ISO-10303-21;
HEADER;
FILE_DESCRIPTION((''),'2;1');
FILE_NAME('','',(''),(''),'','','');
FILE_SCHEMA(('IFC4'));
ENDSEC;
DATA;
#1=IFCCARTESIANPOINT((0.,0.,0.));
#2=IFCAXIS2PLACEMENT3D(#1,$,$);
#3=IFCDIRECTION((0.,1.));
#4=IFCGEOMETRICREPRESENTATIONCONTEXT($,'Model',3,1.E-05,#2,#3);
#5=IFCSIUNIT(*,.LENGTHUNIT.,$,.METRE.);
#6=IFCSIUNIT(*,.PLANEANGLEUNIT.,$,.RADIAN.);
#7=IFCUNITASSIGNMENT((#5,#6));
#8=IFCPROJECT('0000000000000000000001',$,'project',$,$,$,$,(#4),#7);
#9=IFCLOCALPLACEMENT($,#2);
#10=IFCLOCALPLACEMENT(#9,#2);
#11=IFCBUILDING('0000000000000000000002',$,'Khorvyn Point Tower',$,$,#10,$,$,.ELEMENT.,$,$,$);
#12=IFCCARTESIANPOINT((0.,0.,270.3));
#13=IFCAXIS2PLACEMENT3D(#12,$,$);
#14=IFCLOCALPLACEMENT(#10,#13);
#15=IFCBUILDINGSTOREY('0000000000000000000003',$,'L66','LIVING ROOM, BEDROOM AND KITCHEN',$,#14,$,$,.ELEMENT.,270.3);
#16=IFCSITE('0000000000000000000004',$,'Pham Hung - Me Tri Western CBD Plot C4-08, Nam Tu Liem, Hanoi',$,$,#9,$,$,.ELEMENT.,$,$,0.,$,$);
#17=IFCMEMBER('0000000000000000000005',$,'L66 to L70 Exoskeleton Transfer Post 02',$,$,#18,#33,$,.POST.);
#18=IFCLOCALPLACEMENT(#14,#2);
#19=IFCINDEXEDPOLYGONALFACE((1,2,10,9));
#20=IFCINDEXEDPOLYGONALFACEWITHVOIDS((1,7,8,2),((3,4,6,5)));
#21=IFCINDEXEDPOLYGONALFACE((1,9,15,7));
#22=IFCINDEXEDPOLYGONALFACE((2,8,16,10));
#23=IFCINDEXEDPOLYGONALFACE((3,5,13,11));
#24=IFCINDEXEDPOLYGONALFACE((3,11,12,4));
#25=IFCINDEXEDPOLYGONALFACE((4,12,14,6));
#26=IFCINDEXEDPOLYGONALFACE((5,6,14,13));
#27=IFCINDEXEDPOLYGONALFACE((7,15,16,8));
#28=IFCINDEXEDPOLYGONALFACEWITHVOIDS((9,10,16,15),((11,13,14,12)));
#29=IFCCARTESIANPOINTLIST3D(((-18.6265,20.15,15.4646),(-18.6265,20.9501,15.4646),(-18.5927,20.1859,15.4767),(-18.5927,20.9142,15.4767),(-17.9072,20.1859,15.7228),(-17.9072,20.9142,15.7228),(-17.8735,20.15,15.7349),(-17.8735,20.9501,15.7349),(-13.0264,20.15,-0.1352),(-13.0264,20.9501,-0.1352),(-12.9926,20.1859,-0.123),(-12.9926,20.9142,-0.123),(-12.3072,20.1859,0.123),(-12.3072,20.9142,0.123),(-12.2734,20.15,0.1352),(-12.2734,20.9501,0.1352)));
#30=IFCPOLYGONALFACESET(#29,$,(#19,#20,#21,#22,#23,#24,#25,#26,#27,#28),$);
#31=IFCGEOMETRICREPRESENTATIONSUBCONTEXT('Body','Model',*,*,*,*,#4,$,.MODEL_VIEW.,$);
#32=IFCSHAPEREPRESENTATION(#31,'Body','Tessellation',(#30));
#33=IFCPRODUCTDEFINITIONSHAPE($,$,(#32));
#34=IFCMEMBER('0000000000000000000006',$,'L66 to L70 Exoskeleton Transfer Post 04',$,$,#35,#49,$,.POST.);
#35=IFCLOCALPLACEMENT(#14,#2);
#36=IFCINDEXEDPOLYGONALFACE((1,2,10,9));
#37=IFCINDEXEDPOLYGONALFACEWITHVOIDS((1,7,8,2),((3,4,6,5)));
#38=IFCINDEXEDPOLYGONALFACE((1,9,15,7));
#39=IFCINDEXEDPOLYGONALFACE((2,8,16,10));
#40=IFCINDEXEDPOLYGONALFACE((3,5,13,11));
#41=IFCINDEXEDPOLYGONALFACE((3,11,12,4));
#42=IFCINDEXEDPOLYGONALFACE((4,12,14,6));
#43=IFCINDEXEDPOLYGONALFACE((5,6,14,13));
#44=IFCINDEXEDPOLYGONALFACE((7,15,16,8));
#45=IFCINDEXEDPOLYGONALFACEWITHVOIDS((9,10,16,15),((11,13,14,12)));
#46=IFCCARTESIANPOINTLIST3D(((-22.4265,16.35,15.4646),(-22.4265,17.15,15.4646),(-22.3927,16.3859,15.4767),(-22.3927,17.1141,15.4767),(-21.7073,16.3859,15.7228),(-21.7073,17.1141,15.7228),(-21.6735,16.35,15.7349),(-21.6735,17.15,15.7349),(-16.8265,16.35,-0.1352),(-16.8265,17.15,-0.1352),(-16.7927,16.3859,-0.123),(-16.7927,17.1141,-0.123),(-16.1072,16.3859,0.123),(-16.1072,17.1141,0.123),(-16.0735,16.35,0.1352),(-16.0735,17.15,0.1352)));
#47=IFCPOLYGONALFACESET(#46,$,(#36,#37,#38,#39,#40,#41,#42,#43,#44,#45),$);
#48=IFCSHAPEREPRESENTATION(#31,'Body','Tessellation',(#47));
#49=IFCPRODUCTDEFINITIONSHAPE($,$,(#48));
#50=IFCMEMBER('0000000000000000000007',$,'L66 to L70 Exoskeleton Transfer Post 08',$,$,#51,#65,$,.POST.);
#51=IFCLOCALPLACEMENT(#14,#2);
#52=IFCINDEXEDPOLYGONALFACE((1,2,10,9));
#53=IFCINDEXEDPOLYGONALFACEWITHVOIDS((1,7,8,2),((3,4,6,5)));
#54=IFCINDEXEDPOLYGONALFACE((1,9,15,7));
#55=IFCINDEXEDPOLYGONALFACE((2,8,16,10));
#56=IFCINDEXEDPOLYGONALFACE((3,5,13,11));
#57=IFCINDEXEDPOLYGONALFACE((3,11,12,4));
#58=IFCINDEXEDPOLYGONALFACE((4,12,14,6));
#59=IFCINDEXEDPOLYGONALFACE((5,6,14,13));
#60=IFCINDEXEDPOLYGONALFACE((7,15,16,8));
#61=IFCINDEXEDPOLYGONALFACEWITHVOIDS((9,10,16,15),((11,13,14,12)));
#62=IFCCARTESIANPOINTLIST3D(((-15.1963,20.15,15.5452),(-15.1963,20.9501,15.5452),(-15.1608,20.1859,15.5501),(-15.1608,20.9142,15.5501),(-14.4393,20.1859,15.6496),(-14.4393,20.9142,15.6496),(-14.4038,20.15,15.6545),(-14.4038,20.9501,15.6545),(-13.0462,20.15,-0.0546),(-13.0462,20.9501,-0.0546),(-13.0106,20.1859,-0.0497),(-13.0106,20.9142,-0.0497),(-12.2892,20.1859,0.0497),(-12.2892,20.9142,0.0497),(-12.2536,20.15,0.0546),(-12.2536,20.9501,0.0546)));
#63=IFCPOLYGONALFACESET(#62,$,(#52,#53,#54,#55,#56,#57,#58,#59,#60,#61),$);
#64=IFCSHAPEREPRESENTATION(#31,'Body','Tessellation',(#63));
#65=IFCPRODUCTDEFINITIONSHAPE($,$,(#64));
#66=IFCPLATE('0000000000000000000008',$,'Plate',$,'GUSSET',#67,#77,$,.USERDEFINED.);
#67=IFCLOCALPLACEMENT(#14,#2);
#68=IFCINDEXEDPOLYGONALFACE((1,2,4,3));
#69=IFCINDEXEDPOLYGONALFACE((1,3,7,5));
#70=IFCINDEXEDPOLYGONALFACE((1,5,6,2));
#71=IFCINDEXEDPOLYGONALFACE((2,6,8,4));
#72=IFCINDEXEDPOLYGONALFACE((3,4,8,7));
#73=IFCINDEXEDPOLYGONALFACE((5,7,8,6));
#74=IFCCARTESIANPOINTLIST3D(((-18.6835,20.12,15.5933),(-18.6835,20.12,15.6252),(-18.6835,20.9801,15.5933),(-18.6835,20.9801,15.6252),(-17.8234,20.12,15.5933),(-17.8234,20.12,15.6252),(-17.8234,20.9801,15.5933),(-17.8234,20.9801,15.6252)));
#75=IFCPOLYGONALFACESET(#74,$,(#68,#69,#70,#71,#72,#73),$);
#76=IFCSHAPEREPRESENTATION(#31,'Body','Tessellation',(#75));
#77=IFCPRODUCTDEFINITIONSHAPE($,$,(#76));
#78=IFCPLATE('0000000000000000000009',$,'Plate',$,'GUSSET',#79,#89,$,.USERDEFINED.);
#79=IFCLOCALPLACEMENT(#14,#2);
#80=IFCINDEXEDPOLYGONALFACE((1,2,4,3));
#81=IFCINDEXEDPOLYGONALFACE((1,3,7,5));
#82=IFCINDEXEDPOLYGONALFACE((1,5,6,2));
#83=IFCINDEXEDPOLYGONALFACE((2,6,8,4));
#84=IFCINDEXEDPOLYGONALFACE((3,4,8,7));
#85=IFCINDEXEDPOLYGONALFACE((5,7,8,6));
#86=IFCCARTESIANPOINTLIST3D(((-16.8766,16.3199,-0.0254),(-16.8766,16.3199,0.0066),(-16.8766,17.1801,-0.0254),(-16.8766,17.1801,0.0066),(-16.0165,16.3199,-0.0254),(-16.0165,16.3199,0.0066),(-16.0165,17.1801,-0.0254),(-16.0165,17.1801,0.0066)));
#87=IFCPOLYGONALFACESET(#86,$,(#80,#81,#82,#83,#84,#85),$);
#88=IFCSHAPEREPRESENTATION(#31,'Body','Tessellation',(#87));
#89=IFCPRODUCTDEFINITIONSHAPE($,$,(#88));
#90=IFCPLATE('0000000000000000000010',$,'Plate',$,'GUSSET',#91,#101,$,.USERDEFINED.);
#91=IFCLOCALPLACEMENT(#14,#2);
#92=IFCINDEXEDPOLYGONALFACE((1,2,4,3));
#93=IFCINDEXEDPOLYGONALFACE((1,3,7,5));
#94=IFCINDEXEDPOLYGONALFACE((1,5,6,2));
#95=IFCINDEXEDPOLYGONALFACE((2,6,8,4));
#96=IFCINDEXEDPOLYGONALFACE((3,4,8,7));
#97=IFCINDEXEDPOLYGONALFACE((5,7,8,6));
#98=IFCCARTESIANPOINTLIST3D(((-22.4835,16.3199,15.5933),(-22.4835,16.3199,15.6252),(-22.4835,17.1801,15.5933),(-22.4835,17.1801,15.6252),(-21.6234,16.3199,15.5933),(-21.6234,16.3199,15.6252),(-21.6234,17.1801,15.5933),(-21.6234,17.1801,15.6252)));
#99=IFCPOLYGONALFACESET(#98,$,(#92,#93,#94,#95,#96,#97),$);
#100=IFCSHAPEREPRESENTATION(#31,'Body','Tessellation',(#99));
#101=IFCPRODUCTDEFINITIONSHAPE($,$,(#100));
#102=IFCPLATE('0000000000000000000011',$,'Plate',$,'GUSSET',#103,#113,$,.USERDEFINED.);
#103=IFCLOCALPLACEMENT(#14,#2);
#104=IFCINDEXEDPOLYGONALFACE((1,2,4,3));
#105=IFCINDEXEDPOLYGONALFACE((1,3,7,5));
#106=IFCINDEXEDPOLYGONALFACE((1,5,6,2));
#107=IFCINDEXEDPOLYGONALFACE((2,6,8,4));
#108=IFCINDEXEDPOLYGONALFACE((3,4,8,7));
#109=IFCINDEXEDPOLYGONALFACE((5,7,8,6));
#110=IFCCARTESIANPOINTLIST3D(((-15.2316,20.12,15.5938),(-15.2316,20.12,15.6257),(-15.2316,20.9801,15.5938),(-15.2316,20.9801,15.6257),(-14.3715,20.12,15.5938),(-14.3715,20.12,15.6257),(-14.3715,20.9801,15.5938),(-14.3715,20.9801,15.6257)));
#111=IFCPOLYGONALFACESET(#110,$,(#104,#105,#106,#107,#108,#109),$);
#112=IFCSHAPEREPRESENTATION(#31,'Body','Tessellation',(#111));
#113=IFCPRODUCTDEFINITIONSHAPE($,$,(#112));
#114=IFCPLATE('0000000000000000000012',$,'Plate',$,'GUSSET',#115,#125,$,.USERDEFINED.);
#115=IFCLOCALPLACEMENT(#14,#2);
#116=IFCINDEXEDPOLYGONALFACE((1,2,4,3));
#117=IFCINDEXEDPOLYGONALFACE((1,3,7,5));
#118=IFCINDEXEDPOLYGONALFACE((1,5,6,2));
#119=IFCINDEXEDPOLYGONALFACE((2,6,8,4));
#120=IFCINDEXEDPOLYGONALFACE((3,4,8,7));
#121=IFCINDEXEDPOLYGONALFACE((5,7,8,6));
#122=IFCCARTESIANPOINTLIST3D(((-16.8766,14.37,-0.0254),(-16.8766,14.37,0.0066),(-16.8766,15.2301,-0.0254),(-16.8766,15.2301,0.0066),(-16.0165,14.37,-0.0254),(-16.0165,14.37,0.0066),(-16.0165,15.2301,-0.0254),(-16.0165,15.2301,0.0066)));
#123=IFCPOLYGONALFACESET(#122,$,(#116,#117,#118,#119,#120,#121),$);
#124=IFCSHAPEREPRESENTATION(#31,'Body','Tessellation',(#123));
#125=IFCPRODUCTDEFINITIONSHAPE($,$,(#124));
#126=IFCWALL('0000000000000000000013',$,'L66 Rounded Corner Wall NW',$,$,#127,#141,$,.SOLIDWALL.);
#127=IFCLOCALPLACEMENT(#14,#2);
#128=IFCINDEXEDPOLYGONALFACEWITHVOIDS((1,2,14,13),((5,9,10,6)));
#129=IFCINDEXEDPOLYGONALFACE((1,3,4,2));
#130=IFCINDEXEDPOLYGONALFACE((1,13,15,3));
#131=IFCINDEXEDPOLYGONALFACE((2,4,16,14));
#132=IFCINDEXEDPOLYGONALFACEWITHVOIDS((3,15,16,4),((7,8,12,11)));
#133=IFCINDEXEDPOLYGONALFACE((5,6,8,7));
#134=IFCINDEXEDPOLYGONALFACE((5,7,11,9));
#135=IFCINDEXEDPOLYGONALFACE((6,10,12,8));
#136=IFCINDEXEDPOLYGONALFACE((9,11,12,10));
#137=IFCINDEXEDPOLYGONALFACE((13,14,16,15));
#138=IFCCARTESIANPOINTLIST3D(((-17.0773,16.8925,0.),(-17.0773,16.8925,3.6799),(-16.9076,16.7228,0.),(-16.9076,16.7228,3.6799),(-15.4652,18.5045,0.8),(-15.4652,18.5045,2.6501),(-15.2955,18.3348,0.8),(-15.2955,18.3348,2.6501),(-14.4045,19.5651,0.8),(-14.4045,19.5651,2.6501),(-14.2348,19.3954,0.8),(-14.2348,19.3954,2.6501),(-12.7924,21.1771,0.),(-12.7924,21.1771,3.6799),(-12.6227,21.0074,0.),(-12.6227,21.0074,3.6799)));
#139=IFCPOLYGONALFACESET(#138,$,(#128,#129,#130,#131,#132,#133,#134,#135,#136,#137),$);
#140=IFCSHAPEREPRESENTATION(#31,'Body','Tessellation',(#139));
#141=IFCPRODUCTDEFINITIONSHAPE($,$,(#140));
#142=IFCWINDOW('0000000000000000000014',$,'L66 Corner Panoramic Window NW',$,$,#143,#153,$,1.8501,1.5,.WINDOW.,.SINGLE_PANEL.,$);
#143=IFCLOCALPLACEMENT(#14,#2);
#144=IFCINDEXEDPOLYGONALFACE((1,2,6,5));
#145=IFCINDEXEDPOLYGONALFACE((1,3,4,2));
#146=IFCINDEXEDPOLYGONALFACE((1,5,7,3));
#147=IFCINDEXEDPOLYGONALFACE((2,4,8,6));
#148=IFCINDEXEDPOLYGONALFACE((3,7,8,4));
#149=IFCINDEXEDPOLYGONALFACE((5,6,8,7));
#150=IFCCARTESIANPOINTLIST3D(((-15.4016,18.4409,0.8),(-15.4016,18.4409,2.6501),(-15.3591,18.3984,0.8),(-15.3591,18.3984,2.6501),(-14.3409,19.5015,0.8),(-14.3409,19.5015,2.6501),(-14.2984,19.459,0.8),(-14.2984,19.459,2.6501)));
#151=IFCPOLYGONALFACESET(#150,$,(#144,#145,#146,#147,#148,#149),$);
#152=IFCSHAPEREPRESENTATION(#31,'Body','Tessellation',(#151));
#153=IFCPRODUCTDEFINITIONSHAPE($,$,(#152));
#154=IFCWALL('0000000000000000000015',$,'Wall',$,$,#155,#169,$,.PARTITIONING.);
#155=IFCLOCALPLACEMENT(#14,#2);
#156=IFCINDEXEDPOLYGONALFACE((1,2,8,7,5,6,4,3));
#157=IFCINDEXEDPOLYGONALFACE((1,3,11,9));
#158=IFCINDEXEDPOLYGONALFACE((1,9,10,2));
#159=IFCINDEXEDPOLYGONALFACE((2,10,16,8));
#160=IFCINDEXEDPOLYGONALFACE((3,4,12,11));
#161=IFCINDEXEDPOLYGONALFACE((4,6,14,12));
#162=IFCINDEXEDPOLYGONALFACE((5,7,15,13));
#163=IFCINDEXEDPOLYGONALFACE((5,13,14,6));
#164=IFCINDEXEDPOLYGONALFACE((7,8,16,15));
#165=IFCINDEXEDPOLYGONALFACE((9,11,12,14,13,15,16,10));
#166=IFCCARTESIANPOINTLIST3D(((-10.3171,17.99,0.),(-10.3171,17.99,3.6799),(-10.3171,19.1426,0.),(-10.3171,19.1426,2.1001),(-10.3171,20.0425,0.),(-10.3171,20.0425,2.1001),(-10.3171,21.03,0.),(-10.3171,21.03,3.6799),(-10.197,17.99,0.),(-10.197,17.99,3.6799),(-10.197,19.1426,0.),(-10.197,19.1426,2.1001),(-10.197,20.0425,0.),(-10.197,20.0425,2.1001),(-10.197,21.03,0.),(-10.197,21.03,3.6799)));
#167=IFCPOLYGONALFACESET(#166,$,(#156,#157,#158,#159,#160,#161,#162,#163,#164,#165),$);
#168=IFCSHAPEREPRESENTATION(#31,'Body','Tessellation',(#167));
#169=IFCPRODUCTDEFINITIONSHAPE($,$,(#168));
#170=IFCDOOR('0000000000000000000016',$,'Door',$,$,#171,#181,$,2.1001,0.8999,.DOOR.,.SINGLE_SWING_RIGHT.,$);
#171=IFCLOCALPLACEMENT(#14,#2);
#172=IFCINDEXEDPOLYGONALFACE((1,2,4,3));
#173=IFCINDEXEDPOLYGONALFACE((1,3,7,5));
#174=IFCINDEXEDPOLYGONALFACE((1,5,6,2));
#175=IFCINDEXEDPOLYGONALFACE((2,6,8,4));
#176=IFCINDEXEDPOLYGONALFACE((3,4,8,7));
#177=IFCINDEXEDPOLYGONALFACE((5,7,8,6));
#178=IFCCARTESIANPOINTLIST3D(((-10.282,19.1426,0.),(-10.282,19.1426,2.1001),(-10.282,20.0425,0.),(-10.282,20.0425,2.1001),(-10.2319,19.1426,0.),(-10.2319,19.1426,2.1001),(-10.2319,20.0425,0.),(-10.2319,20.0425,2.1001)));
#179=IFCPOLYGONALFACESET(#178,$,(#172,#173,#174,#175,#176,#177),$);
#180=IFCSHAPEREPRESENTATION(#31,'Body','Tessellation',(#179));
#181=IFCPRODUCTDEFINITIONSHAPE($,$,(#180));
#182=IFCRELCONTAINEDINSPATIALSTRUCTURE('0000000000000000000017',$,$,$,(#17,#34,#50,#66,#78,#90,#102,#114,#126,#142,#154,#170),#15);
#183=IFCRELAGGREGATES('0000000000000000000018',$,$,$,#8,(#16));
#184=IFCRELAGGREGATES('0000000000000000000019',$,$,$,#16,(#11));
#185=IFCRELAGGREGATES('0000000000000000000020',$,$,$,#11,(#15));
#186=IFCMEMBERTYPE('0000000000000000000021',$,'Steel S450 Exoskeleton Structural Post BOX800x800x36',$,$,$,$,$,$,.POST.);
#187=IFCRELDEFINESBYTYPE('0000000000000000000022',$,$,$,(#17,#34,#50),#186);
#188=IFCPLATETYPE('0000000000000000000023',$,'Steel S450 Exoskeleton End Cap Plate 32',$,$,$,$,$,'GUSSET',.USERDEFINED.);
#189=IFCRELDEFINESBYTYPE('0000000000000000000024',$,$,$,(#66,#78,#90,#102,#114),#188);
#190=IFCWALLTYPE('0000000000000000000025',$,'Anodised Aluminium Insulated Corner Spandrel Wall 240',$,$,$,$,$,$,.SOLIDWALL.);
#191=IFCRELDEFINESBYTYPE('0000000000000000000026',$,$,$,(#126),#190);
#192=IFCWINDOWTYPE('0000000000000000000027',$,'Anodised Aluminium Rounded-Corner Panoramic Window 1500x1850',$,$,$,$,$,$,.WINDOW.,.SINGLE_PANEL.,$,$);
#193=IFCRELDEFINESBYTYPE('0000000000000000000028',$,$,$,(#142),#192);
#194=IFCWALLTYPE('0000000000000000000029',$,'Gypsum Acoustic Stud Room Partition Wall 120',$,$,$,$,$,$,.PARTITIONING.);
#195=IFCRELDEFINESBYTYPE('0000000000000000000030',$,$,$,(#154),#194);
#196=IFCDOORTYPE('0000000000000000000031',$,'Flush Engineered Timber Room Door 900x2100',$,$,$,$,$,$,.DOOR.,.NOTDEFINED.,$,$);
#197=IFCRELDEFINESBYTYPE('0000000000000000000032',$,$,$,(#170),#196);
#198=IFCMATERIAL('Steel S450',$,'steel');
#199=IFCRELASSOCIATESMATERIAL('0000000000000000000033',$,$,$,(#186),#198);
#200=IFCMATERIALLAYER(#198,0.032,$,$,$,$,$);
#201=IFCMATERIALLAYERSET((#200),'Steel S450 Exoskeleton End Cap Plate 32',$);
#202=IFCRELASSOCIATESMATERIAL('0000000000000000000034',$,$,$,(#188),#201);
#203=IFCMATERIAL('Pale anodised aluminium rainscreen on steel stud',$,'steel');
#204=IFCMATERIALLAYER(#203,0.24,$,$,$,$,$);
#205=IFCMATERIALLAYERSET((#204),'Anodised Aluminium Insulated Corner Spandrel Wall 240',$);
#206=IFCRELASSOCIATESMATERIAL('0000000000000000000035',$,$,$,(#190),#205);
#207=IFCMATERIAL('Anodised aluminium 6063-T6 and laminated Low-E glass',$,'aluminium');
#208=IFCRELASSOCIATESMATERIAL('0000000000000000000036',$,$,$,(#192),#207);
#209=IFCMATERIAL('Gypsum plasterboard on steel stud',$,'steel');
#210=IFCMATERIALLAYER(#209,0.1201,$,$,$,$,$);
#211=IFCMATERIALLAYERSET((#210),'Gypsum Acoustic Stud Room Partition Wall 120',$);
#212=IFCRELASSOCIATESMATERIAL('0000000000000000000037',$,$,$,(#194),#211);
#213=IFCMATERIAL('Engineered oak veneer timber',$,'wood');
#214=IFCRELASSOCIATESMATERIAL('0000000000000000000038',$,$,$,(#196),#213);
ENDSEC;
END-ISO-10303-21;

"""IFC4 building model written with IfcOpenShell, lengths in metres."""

from ifc_helpers import new_model, si_unit, direction, frame, frame_2d, origin, origin_2d, place, context, subcontext, project, spatial, rectangle, hollow_rectangle, extrude, material, layer, layer_set, material_profile, profile_set, type_object, element, fill, save


model = new_model("IFC4")

# Units and contexts
model_context = context("Model", 3, precision=1e-05, world=origin(), true_north=direction((0.0, 1.0)))
body_context = subcontext(model_context, "Body", "Model", "MODEL_VIEW")
ifc_project = project(units=[si_unit("LENGTHUNIT", "METRE"), si_unit("PLANEANGLEUNIT", "RADIAN")], contexts=[model_context])

# Site, building, storey
site_placement = place(None, origin())
site = spatial("IfcSite", under=ifc_project, at=site_placement, Name="Pham Hung - Me Tri Western CBD Plot C4-08, Nam Tu Liem, Hanoi", CompositionType="ELEMENT", RefElevation=0.0)
building_placement = place(site_placement, origin())
building = spatial("IfcBuilding", under=site, at=building_placement, Name="Khorvyn Point Tower", CompositionType="ELEMENT")
storey_placement = place(building_placement, frame((0.0, 0.0, 270.3)))
storey = spatial("IfcBuildingStorey", under=building, at=storey_placement, Name="L66", Description="LIVING ROOM, BEDROOM AND KITCHEN", CompositionType="ELEMENT", Elevation=270.3)

# Shared definitions
ifc_material_1 = material(Name="Anodised aluminium 6063-T6 and laminated Low-E glass", Category="aluminium")

# Members
ifc_material_2 = material(Name="Steel S450", Category="steel")
ifc_material_profile_1 = material_profile(ifc_material_2, hollow_rectangle(XDim=0.8, YDim=0.8, WallThickness=0.0359, at=origin_2d()))
ifc_profile_set_1 = profile_set([ifc_material_profile_1], Name="Steel S450 BOX800x800x36")
member_type_1 = type_object("IfcMemberType", Name="Steel S450 Exoskeleton Structural Post BOX800x800x36", PredefinedType="POST", material=ifc_profile_set_1)
for number, where, z_axis, x_axis, name in (
    (1, (-12.6499, 20.55, 0.0), (-0.337873, 0.0, 0.941192), (0.0, -1.0, 0.0), "L66 to L70 Exoskeleton Transfer Post 02"),
    (2, (-16.45, 16.75, 0.0), (-0.337873, 0.0, 0.941192), (0.0, -1.0, 0.0), "L66 to L70 Exoskeleton Transfer Post 04"),
):
    element("IfcMember", number, at=place(storey_placement, frame(where, z_axis=z_axis, x_axis=x_axis)), inside=storey, type_object=member_type_1, Name=name, PredefinedType="POST", context=body_context, shape_type="SweptSolid", body=[
        extrude(hollow_rectangle(XDim=0.8, YDim=0.8, WallThickness=0.0359, at=origin_2d()), origin(), (0.0, 0.0, 1.0), 16.5745),
    ])
member_1_placement = place(storey_placement, frame((-12.6499, 20.55, 0.0), z_axis=(-0.13654, 0.0, 0.990635), x_axis=(0.0, -1.0, 0.0)))
element("IfcMember", 3, at=member_1_placement, inside=storey, type_object=member_type_1, Name="L66 to L70 Exoskeleton Transfer Post 08", PredefinedType="POST", context=body_context, shape_type="SweptSolid", body=[
    extrude(hollow_rectangle(XDim=0.8, YDim=0.8, WallThickness=0.0359, at=origin_2d()), origin(), (0.0, 0.0, 1.0), 15.7473),
])

# Plates
ifc_layer_1 = layer(ifc_material_2, 0.032)
ifc_layer_set_1 = layer_set([ifc_layer_1], Name="Steel S450 Exoskeleton End Cap Plate 32")
plate_type = type_object("IfcPlateType", Name="Steel S450 Exoskeleton End Cap Plate 32", ElementType="GUSSET", PredefinedType="USERDEFINED", material=ifc_layer_set_1)
for number, where, z_axis, x_axis, name in (
    (4, (-18.2534, 20.55, 15.5933), (0.0, 0.0, 1.0), (1.0, 0.0, 0.0), "Plate"),
    (5, (-16.4465, 16.75, -0.0254), (0.0, 0.0, 1.0), (1.0, 0.0, 0.0), "Plate"),
    (6, (-22.0535, 16.75, 15.5933), (0.0, 0.0, 1.0), (1.0, 0.0, 0.0), "Plate"),
    (7, (-14.8015, 20.55, 15.5938), (0.0, 0.0, 1.0), (1.0, 0.0, 0.0), "Plate"),
    (8, (-16.4465, 14.8, -0.0254), (0.0, 0.0, 1.0), (1.0, 0.0, 0.0), "Plate"),
):
    element("IfcPlate", number, at=place(storey_placement, frame(where, z_axis=z_axis, x_axis=x_axis)), inside=storey, type_object=plate_type, Name=name, ObjectType="GUSSET", PredefinedType="USERDEFINED", context=body_context, shape_type="SweptSolid", body=[
        extrude(rectangle(XDim=0.8601, YDim=0.8601, at=origin_2d()), origin(), (0.0, 0.0, 1.0), 0.032),
    ])

# Wall, opening, window
ifc_material_3 = material(Name="Pale anodised aluminium rainscreen on steel stud", Category="steel")
ifc_layer_2 = layer(ifc_material_3, 0.24)
ifc_layer_set_2 = layer_set([ifc_layer_2], Name="Anodised Aluminium Insulated Corner Spandrel Wall 240")
wall_type_1 = type_object("IfcWallType", Name="Anodised Aluminium Insulated Corner Spandrel Wall 240", PredefinedType="SOLIDWALL", material=ifc_layer_set_2)
wall_1_placement = place(storey_placement, frame((-16.9924, 16.8076, 0.0), z_axis=(0.0, 0.0, 1.0), x_axis=(0.707127, 0.707087, 0.0)))
wall_1 = element("IfcWall", 9, at=wall_1_placement, inside=storey, type_object=wall_type_1, Name="L66 Rounded Corner Wall NW", PredefinedType="SOLIDWALL", context=body_context, shape_type="SweptSolid", body=[
    extrude(rectangle(XDim=6.0596, YDim=0.24, at=frame_2d((3.0298, 0.0))), origin(), (0.0, 0.0, 1.0), 3.6799),
])
opening_1_placement = place(wall_1_placement, frame((2.2798, 0.0, 0.8)))
opening_1 = element("IfcOpeningElement", 10, at=opening_1_placement, cuts=wall_1, PredefinedType="OPENING", context=body_context, shape_type="SweptSolid", body=[
    extrude(rectangle(XDim=1.5, YDim=1.8501, at=frame_2d((0.75, 0.925))), frame((0.0, 0.1299, 0.0), z_axis=(0.0, -1.0, 0.0), x_axis=(1.0, 0.0, 0.0)), (0.0, 0.0, 1.0), 0.26),
])
window_type = type_object("IfcWindowType", Name="Anodised Aluminium Rounded-Corner Panoramic Window 1500x1850", PartitioningType="SINGLE_PANEL", PredefinedType="WINDOW", material=ifc_material_1)
window_placement = place(opening_1_placement, origin())
window = element("IfcWindow", 11, at=window_placement, inside=storey, type_object=window_type, Name="L66 Corner Panoramic Window NW", OverallHeight=1.8501, OverallWidth=1.5, PartitioningType="SINGLE_PANEL", PredefinedType="WINDOW", context=body_context, shape_type="SweptSolid", body=[
    extrude(rectangle(XDim=1.5, YDim=1.8501, at=frame_2d((0.75, 0.925))), frame((0.0, 0.03, 0.0), z_axis=(0.0, -1.0, 0.0), x_axis=(1.0, 0.0, 0.0)), (0.0, 0.0, 1.0), 0.0601),
])
fill(opening_1, window)

# Wall, opening, door
ifc_material_4 = material(Name="Gypsum plasterboard on steel stud", Category="steel")
ifc_layer_3 = layer(ifc_material_4, 0.1201)
ifc_layer_set_3 = layer_set([ifc_layer_3], Name="Gypsum Acoustic Stud Room Partition Wall 120")
wall_type_2 = type_object("IfcWallType", Name="Gypsum Acoustic Stud Room Partition Wall 120", PredefinedType="PARTITIONING", material=ifc_layer_set_3)
wall_2_placement = place(storey_placement, frame((-10.2571, 17.99, 0.0), z_axis=(0.0, 0.0, 1.0), x_axis=(0.0, 1.0, 0.0)))
wall_2 = element("IfcWall", 12, at=wall_2_placement, inside=storey, type_object=wall_type_2, Name="Wall", PredefinedType="PARTITIONING", context=body_context, shape_type="SweptSolid", body=[
    extrude(rectangle(XDim=3.04, YDim=0.1201, at=frame_2d((1.52, 0.0))), origin(), (0.0, 0.0, 1.0), 3.6799),
])
opening_2_placement = place(wall_2_placement, frame((1.1526, 0.0, 0.0)))
opening_2 = element("IfcOpeningElement", 13, at=opening_2_placement, cuts=wall_2, PredefinedType="OPENING", context=body_context, shape_type="SweptSolid", body=[
    extrude(rectangle(XDim=0.8999, YDim=2.1001, at=frame_2d((0.45, 1.05))), frame((0.0, 0.0701, 0.0), z_axis=(0.0, -1.0, 0.0), x_axis=(1.0, 0.0, 0.0)), (0.0, 0.0, 1.0), 0.1401),
])
ifc_material_5 = material(Name="Engineered oak veneer timber", Category="wood")
door_type_1 = type_object("IfcDoorType", Name="Flush Engineered Timber Room Door 900x2100", OperationType="NOTDEFINED", PredefinedType="DOOR", material=ifc_material_5)
door_1_placement = place(opening_2_placement, origin())
door_1 = element("IfcDoor", 14, at=door_1_placement, inside=storey, type_object=door_type_1, Name="Door", OperationType="SINGLE_SWING_RIGHT", OverallHeight=2.1001, OverallWidth=0.8999, PredefinedType="DOOR", context=body_context, shape_type="SweptSolid", body=[
    extrude(rectangle(XDim=0.8999, YDim=2.1001, at=frame_2d((0.45, 1.05))), frame((0.0, 0.0249, 0.0), z_axis=(0.0, -1.0, 0.0), x_axis=(1.0, 0.0, 0.0)), (0.0, 0.0, 1.0), 0.05),
])
fill(opening_2, door_1)

save(model, "model.ifc")
